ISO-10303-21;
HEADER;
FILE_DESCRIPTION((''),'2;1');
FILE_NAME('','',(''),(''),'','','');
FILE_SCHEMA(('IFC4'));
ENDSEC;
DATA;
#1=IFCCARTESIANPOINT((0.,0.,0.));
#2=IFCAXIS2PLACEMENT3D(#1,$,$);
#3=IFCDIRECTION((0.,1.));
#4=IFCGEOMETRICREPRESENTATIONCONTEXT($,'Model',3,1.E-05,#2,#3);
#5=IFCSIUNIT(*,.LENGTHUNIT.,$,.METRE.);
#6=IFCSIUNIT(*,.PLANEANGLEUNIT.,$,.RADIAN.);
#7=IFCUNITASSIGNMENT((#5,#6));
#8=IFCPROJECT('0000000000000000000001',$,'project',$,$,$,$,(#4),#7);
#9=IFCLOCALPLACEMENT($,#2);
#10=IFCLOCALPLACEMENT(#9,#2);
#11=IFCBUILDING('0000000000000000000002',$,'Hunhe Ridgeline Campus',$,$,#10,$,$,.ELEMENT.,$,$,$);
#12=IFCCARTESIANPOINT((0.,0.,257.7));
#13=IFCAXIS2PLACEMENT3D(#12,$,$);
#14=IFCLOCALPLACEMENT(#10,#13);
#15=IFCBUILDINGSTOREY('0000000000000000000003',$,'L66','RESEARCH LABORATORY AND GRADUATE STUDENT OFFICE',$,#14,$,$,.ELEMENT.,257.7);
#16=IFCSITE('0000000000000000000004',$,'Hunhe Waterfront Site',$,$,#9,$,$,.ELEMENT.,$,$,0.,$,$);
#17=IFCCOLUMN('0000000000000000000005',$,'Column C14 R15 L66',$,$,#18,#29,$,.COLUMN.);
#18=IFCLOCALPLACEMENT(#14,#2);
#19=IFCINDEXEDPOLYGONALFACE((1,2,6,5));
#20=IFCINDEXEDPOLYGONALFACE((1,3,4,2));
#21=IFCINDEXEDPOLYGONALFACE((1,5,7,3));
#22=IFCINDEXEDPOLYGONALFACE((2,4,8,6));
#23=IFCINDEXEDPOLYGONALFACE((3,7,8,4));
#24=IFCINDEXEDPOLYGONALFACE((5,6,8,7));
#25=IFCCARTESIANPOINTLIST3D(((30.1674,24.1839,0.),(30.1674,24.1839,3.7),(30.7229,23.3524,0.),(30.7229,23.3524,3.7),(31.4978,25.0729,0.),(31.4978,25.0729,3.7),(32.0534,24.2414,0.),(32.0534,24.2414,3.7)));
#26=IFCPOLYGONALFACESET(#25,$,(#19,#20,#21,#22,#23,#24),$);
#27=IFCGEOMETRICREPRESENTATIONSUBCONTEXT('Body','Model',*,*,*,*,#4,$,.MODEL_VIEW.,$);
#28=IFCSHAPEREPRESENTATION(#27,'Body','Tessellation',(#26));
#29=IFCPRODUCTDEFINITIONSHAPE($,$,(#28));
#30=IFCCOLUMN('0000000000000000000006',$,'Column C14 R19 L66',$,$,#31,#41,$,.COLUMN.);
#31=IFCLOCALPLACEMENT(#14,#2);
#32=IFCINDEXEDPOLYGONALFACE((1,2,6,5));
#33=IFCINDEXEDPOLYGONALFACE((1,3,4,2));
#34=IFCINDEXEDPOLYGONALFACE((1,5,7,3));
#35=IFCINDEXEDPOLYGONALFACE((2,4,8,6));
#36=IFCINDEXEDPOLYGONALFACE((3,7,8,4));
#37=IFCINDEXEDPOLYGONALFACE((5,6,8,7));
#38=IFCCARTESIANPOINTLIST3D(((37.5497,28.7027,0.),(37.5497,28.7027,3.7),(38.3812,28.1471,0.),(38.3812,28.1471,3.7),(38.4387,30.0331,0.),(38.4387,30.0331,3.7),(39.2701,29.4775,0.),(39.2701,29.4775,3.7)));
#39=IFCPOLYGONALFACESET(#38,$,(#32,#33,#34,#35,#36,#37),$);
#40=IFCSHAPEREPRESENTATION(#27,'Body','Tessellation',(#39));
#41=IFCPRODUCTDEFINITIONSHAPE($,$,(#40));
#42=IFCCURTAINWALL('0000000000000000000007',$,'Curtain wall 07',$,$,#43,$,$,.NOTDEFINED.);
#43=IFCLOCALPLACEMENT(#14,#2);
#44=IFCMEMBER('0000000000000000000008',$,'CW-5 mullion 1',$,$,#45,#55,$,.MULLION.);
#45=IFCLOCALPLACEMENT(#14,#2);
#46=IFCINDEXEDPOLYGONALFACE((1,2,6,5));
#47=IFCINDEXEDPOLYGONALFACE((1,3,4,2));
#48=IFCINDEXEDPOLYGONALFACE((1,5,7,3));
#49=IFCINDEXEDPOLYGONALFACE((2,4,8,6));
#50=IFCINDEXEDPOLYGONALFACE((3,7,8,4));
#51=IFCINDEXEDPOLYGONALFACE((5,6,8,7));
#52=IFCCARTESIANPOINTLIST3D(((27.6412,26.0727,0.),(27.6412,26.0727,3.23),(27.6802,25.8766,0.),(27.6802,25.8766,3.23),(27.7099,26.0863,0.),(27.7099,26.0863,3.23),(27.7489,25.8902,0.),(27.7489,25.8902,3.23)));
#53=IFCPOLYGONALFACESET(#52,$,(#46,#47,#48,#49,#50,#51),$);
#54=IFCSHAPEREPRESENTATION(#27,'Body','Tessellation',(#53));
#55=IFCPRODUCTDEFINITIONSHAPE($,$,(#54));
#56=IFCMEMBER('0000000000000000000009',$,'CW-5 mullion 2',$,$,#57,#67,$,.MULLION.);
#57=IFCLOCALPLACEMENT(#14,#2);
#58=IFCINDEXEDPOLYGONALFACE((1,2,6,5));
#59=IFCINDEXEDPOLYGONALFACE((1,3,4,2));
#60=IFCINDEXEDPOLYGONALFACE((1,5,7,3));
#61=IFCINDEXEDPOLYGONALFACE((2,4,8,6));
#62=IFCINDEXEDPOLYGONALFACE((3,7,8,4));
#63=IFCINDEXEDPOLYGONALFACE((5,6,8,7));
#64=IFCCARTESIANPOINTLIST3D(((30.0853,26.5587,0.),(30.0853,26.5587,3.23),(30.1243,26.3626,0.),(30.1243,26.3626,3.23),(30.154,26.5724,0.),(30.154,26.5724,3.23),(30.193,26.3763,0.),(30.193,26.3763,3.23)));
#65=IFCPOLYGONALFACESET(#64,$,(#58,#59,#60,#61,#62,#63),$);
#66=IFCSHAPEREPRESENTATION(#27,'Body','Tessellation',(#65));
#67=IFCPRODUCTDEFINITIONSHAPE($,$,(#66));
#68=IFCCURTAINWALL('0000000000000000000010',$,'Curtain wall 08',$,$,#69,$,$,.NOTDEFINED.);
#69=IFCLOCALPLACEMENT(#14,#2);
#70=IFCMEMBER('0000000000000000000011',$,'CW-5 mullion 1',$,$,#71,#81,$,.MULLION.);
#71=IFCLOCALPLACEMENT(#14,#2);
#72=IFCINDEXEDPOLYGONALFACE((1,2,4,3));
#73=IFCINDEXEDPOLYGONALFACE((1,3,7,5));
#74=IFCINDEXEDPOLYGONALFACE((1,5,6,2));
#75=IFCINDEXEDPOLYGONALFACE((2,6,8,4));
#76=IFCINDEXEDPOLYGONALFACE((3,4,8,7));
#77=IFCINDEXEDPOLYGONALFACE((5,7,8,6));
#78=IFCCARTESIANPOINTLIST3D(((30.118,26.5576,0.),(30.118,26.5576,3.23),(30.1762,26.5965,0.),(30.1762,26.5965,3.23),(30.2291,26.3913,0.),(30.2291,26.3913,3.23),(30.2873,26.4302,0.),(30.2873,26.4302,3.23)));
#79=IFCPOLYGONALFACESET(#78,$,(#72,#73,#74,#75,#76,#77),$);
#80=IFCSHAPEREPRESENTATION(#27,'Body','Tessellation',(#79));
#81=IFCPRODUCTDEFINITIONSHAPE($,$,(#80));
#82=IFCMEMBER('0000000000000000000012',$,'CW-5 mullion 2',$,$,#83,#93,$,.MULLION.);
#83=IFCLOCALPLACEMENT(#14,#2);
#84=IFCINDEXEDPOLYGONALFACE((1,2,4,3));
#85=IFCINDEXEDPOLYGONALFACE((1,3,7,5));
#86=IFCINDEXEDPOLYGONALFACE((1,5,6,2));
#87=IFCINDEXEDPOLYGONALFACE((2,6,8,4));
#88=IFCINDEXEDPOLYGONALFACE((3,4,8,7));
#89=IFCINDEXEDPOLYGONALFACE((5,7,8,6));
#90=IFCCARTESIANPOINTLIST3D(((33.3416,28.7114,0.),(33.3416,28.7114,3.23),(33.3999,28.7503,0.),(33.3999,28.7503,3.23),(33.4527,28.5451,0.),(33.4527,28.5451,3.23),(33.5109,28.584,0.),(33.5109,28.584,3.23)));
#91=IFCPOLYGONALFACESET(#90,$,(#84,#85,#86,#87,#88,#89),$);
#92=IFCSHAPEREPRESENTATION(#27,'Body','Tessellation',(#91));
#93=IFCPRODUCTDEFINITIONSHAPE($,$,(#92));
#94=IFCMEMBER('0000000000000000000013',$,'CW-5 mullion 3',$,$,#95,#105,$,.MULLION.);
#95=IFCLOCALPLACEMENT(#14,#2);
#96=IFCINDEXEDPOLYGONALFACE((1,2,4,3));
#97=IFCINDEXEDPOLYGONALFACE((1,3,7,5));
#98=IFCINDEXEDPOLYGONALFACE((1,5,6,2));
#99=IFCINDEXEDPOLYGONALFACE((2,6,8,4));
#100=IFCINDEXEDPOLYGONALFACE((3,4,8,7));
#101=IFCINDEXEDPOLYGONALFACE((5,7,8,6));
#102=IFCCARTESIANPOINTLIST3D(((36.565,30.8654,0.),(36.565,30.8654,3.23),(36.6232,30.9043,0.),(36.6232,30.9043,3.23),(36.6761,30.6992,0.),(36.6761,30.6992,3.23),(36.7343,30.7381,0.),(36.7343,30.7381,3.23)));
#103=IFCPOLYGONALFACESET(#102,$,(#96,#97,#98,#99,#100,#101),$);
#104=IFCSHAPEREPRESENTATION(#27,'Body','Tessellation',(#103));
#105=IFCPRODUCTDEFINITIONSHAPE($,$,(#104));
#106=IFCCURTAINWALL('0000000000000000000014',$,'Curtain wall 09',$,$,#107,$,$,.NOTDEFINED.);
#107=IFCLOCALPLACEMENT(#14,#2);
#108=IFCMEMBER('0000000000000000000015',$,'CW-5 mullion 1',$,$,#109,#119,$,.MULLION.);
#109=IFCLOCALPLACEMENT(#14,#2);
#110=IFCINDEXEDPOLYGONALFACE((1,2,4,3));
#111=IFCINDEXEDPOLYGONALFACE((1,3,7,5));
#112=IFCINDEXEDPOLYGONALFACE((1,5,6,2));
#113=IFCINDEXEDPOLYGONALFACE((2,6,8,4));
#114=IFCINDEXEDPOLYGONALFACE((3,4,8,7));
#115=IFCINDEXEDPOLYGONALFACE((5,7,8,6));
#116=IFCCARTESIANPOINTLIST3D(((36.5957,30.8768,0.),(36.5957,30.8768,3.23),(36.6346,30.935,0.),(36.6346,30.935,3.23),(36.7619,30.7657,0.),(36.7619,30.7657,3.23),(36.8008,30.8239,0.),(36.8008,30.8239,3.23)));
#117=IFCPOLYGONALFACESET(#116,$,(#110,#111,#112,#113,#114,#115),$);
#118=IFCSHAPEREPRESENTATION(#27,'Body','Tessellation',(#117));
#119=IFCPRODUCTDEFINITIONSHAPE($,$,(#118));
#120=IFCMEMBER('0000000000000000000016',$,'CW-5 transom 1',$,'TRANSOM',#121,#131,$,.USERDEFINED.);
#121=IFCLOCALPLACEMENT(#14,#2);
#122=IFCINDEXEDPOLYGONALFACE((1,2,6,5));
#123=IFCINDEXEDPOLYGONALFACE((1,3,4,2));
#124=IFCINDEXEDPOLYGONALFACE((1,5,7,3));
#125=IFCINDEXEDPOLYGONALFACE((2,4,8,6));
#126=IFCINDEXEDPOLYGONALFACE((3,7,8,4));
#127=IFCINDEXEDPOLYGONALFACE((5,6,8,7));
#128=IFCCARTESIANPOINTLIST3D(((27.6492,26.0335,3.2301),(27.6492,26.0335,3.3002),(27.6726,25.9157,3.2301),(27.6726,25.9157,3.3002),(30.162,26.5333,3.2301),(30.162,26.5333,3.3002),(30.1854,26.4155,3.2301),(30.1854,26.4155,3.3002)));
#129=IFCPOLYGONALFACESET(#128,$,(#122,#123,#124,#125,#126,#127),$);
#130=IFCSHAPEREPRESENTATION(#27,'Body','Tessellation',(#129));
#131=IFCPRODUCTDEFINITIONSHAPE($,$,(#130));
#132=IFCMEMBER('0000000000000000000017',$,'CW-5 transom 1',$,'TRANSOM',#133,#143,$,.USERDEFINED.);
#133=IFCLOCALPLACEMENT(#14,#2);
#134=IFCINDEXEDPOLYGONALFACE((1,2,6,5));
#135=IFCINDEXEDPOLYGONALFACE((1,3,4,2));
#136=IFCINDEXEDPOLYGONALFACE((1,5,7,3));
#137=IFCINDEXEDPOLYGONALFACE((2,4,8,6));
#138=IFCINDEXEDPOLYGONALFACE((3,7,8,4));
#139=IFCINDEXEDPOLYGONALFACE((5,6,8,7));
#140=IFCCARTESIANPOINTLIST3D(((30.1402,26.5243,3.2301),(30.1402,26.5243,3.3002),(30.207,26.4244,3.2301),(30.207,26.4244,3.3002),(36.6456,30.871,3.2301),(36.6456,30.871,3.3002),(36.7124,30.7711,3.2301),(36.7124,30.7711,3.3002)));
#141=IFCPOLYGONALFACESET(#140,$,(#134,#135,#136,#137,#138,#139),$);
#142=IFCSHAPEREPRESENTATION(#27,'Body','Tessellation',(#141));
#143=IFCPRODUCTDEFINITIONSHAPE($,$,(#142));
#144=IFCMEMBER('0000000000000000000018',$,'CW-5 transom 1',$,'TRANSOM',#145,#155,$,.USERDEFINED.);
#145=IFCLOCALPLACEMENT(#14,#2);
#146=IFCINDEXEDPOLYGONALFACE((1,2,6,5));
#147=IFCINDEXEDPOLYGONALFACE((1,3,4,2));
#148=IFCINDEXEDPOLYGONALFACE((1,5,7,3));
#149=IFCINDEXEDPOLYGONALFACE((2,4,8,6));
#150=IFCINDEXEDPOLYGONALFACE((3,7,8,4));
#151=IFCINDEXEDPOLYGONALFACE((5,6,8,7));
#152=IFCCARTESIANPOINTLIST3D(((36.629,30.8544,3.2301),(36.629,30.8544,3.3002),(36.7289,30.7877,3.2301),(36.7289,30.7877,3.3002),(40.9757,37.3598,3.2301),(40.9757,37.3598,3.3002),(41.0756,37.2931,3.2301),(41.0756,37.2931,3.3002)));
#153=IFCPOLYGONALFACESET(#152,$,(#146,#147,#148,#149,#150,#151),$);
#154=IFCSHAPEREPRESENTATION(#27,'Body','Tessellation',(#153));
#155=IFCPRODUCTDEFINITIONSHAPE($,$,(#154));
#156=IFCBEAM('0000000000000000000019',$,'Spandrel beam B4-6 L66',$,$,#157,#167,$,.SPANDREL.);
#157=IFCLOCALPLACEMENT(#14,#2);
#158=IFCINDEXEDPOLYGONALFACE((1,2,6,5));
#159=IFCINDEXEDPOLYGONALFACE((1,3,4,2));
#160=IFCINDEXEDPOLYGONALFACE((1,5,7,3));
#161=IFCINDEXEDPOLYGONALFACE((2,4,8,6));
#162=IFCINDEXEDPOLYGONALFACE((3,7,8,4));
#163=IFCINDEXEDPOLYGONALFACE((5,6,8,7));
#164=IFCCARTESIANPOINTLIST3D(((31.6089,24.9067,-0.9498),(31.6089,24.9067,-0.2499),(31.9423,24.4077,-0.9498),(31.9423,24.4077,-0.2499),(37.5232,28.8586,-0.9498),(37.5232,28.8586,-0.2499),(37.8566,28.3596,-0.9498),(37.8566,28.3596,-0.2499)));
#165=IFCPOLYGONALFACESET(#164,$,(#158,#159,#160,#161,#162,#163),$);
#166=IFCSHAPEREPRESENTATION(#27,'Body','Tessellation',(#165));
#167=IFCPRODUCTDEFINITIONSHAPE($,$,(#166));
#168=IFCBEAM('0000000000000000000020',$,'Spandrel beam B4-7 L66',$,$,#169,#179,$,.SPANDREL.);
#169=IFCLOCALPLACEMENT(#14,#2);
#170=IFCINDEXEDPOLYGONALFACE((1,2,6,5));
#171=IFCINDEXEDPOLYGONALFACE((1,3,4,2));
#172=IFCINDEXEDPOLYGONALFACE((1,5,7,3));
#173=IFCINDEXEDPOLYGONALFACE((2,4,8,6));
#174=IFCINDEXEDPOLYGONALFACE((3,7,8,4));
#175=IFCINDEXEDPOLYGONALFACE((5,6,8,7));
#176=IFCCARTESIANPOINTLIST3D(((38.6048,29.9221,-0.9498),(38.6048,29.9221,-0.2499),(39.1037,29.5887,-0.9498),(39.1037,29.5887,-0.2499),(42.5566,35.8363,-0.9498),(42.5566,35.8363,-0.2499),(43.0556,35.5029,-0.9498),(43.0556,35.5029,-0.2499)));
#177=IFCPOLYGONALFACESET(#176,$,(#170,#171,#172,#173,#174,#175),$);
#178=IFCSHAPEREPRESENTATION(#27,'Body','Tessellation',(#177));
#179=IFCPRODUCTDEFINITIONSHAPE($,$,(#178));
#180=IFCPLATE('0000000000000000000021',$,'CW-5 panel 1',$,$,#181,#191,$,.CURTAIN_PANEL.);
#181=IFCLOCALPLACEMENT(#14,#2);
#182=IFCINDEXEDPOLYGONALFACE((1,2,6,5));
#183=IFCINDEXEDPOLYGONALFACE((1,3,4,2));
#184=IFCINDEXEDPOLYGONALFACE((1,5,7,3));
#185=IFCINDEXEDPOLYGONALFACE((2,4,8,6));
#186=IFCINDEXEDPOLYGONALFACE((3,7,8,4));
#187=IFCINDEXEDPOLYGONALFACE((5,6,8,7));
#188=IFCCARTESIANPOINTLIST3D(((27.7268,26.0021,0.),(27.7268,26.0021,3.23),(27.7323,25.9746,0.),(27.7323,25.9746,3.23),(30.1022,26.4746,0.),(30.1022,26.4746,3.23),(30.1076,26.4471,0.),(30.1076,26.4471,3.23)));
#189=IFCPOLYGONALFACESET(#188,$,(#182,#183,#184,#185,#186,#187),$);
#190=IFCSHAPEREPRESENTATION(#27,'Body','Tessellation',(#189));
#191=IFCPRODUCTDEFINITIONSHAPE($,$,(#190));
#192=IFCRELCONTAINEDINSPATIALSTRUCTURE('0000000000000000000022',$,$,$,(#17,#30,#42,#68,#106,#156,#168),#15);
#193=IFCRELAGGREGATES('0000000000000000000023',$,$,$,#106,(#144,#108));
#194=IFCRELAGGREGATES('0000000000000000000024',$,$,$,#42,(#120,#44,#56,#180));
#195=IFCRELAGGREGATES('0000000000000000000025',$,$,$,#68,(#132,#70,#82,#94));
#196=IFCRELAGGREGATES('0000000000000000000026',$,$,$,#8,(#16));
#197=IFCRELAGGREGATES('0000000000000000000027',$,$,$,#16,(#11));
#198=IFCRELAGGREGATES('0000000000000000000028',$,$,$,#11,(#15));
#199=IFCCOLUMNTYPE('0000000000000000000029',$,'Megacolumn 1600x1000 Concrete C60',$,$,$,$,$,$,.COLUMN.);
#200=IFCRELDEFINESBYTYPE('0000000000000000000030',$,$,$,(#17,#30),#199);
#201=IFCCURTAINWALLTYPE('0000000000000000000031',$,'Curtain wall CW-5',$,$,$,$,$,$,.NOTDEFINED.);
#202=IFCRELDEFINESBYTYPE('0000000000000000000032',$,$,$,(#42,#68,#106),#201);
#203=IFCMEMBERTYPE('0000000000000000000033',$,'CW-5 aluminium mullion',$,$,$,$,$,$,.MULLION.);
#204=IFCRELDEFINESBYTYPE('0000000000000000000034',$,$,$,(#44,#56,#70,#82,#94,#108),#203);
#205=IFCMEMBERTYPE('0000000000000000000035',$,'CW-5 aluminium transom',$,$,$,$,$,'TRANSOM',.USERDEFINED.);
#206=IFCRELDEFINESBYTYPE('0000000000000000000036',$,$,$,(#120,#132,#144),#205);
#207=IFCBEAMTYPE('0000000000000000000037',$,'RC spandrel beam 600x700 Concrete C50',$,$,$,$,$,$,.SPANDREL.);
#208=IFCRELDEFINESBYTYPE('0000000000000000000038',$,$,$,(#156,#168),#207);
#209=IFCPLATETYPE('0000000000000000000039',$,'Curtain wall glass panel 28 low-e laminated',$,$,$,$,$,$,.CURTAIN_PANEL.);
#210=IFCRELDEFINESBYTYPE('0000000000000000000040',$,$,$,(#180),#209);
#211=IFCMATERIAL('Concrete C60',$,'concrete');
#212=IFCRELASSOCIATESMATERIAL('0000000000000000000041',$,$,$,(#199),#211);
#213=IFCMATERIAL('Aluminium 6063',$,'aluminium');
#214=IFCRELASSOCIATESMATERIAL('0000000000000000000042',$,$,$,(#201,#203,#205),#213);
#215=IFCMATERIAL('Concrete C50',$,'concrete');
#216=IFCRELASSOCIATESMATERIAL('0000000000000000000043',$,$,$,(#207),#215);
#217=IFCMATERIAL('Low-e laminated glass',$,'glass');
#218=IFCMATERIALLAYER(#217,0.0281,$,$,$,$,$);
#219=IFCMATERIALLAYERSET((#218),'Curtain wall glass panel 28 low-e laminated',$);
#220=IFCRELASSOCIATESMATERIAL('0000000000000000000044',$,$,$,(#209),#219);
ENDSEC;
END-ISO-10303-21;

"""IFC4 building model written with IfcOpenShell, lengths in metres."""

from ifc_helpers import new_model, si_unit, direction, frame, origin, origin_2d, place, context, subcontext, project, spatial, rectangle, extrude, material, layer, layer_set, material_profile, profile_set, type_object, element, aggregate, save


model = new_model("IFC4")

# Units and contexts
model_context = context("Model", 3, precision=1e-05, world=origin(), true_north=direction((0.0, 1.0)))
body_context = subcontext(model_context, "Body", "Model", "MODEL_VIEW")
ifc_project = project(units=[si_unit("LENGTHUNIT", "METRE"), si_unit("PLANEANGLEUNIT", "RADIAN")], contexts=[model_context])

# Site, building, storey
site_placement = place(None, origin())
site = spatial("IfcSite", under=ifc_project, at=site_placement, Name="Hunhe Waterfront Site", CompositionType="ELEMENT", RefElevation=0.0)
building_placement = place(site_placement, origin())
building = spatial("IfcBuilding", under=site, at=building_placement, Name="Hunhe Ridgeline Campus", CompositionType="ELEMENT")
storey_placement = place(building_placement, frame((0.0, 0.0, 257.7)))
storey = spatial("IfcBuildingStorey", under=building, at=storey_placement, Name="L66", Description="RESEARCH LABORATORY AND GRADUATE STUDENT OFFICE", CompositionType="ELEMENT", Elevation=257.7)

# Columns
ifc_material_1 = material(Name="Concrete C60", Category="concrete")
ifc_material_profile_1 = material_profile(ifc_material_1, rectangle(XDim=1.6001, YDim=1.0, at=origin_2d()))
ifc_profile_set_1 = profile_set([ifc_material_profile_1], Name="Concrete C60")
column_type = type_object("IfcColumnType", Name="Megacolumn 1600x1000 Concrete C60", PredefinedType="COLUMN", material=ifc_profile_set_1)
for number, where, z_axis, x_axis, name in (
    (1, (31.1104, 24.2126, 0.0), (0.0, 0.0, 1.0), (0.83147, 0.55557, 0.0), "Column C14 R15 L66"),
    (2, (38.4099, 29.0901, 0.0), (0.0, 0.0, 1.0), (0.55557, 0.83147, 0.0), "Column C14 R19 L66"),
):
    element("IfcColumn", number, at=place(storey_placement, frame(where, z_axis=z_axis, x_axis=x_axis)), inside=storey, type_object=column_type, Name=name, PredefinedType="COLUMN", context=body_context, shape_type="SweptSolid", body=[
        extrude(rectangle(XDim=1.6001, YDim=1.0, at=origin_2d()), origin(), (0.0, 0.0, 1.0), 3.7),
    ])

# Curtain walls, members
ifc_material_2 = material(Name="Aluminium 6063", Category="aluminium")
curtain_wall_type = type_object("IfcCurtainWallType", Name="Curtain wall CW-5", PredefinedType="NOTDEFINED", material=ifc_material_2)
curtain_wall_1_placement = place(storey_placement, origin())
curtain_wall_1 = element("IfcCurtainWall", 3, at=curtain_wall_1_placement, inside=storey, type_object=curtain_wall_type, Name="Curtain wall 07", PredefinedType="NOTDEFINED")
ifc_material_profile_2 = material_profile(ifc_material_2, rectangle(XDim=0.2, YDim=0.0701, at=origin_2d()))
ifc_profile_set_2 = profile_set([ifc_material_profile_2], Name="Aluminium 6063")
member_type_1 = type_object("IfcMemberType", Name="CW-5 aluminium mullion", PredefinedType="MULLION", material=ifc_profile_set_2)
member_1_placement = place(storey_placement, frame((27.6951, 25.9814, 0.0), z_axis=(0.0, 0.0, 1.0), x_axis=(-0.195091, 0.980785, 0.0)))
member_1 = element("IfcMember", 4, at=member_1_placement, type_object=member_type_1, Name="CW-5 mullion 1", PredefinedType="MULLION", context=body_context, shape_type="SweptSolid", body=[
    extrude(rectangle(XDim=0.2, YDim=0.0701, at=origin_2d()), origin(), (0.0, 0.0, 1.0), 3.23),
])
member_2_placement = place(storey_placement, frame((30.1392, 26.4675, 0.0), z_axis=(0.0, 0.0, 1.0), x_axis=(-0.195091, 0.980785, 0.0)))
member_2 = element("IfcMember", 5, at=member_2_placement, type_object=member_type_1, Name="CW-5 mullion 2", PredefinedType="MULLION", context=body_context, shape_type="SweptSolid", body=[
    extrude(rectangle(XDim=0.2, YDim=0.0701, at=origin_2d()), origin(), (0.0, 0.0, 1.0), 3.23),
])
curtain_wall_2_placement = place(storey_placement, origin())
curtain_wall_2 = element("IfcCurtainWall", 6, at=curtain_wall_2_placement, inside=storey, type_object=curtain_wall_type, Name="Curtain wall 08", PredefinedType="NOTDEFINED")
member_3_placement = place(storey_placement, frame((30.2026, 26.4939, 0.0), z_axis=(0.0, 0.0, 1.0), x_axis=(-0.55557, 0.83147, 0.0)))
member_3 = element("IfcMember", 7, at=member_3_placement, type_object=member_type_1, Name="CW-5 mullion 1", PredefinedType="MULLION", context=body_context, shape_type="SweptSolid", body=[
    extrude(rectangle(XDim=0.2, YDim=0.0701, at=origin_2d()), origin(), (0.0, 0.0, 1.0), 3.23),
])
member_4_placement = place(storey_placement, frame((33.4263, 28.6477, 0.0), z_axis=(0.0, 0.0, 1.0), x_axis=(-0.55557, 0.83147, 0.0)))
member_4 = element("IfcMember", 8, at=member_4_placement, type_object=member_type_1, Name="CW-5 mullion 2", PredefinedType="MULLION", context=body_context, shape_type="SweptSolid", body=[
    extrude(rectangle(XDim=0.2, YDim=0.0701, at=origin_2d()), origin(), (0.0, 0.0, 1.0), 3.23),
])
member_5_placement = place(storey_placement, frame((36.6497, 30.8018, 0.0), z_axis=(0.0, 0.0, 1.0), x_axis=(-0.55557, 0.83147, 0.0)))
member_5 = element("IfcMember", 9, at=member_5_placement, type_object=member_type_1, Name="CW-5 mullion 3", PredefinedType="MULLION", context=body_context, shape_type="SweptSolid", body=[
    extrude(rectangle(XDim=0.2, YDim=0.0701, at=origin_2d()), origin(), (0.0, 0.0, 1.0), 3.23),
])

# Curtain wall, member
curtain_wall_3_placement = place(storey_placement, origin())
curtain_wall_3 = element("IfcCurtainWall", 10, at=curtain_wall_3_placement, inside=storey, type_object=curtain_wall_type, Name="Curtain wall 09", PredefinedType="NOTDEFINED")
member_6_placement = place(storey_placement, frame((36.6982, 30.8503, 0.0), z_axis=(0.0, 0.0, 1.0), x_axis=(-0.83147, 0.55557, 0.0)))
member_6 = element("IfcMember", 11, at=member_6_placement, type_object=member_type_1, Name="CW-5 mullion 1", PredefinedType="MULLION", context=body_context, shape_type="SweptSolid", body=[
    extrude(rectangle(XDim=0.2, YDim=0.0701, at=origin_2d()), origin(), (0.0, 0.0, 1.0), 3.23),
])

# Members
ifc_material_profile_3 = material_profile(ifc_material_2, rectangle(XDim=0.1201, YDim=0.0701, at=origin_2d()))
ifc_profile_set_3 = profile_set([ifc_material_profile_3], Name="Aluminium 6063")
member_type_2 = type_object("IfcMemberType", Name="CW-5 aluminium transom", ElementType="TRANSOM", PredefinedType="USERDEFINED", material=ifc_profile_set_3)
member_7_placement = place(storey_placement, frame((27.6609, 25.9746, 3.2651), z_axis=(0.980789, 0.195071, 0.0), x_axis=(-0.195071, 0.980789, 0.0)))
member_7 = element("IfcMember", 12, at=member_7_placement, type_object=member_type_2, Name="CW-5 transom 1", ObjectType="TRANSOM", PredefinedType="USERDEFINED", context=body_context, shape_type="SweptSolid", body=[
    extrude(rectangle(XDim=0.1201, YDim=0.0701, at=origin_2d()), origin(), (0.0, 0.0, 1.0), 2.562),
])
member_8_placement = place(storey_placement, frame((30.1736, 26.4744, 3.2651), z_axis=(0.831474, 0.555564, 0.0), x_axis=(-0.555564, 0.831474, 0.0)))
member_8 = element("IfcMember", 13, at=member_8_placement, type_object=member_type_2, Name="CW-5 transom 1", ObjectType="TRANSOM", PredefinedType="USERDEFINED", context=body_context, shape_type="SweptSolid", body=[
    extrude(rectangle(XDim=0.1201, YDim=0.0701, at=origin_2d()), origin(), (0.0, 0.0, 1.0), 7.824),
])
member_9_placement = place(storey_placement, frame((36.679, 30.821, 3.2651), z_axis=(0.555564, 0.831474, 0.0), x_axis=(-0.831474, 0.555564, 0.0)))
member_9 = element("IfcMember", 14, at=member_9_placement, type_object=member_type_2, Name="CW-5 transom 1", ObjectType="TRANSOM", PredefinedType="USERDEFINED", context=body_context, shape_type="SweptSolid", body=[
    extrude(rectangle(XDim=0.1201, YDim=0.0701, at=origin_2d()), origin(), (0.0, 0.0, 1.0), 7.824),
])
aggregate(curtain_wall_3, [member_9, member_6])

# Beams
ifc_material_3 = material(Name="Concrete C50", Category="concrete")
ifc_material_profile_4 = material_profile(ifc_material_3, rectangle(XDim=0.6001, YDim=0.7, at=origin_2d()))
ifc_profile_set_4 = profile_set([ifc_material_profile_4], Name="Concrete C50")
beam_type = type_object("IfcBeamType", Name="RC spandrel beam 600x700 Concrete C50", PredefinedType="SPANDREL", material=ifc_profile_set_4)
for number, where, z_axis, x_axis, name in (
    (15, (31.7756, 24.6572, -0.5999), (0.831464, 0.555579, 0.0), (-0.555579, 0.831464, 0.0), "Spandrel beam B4-6 L66"),
    (16, (38.8542, 29.7554, -0.5999), (0.555579, 0.831464, 0.0), (-0.831464, 0.555579, 0.0), "Spandrel beam B4-7 L66"),
):
    element("IfcBeam", number, at=place(storey_placement, frame(where, z_axis=z_axis, x_axis=x_axis)), inside=storey, type_object=beam_type, Name=name, PredefinedType="SPANDREL", context=body_context, shape_type="SweptSolid", body=[
        extrude(rectangle(XDim=0.6001, YDim=0.7, at=origin_2d()), origin(), (0.0, 0.0, 1.0), 7.113),
    ])

# Plate
ifc_material_4 = material(Name="Low-e laminated glass", Category="glass")
ifc_layer_1 = layer(ifc_material_4, 0.0281)
ifc_layer_set_1 = layer_set([ifc_layer_1], Name="Curtain wall glass panel 28 low-e laminated")
plate_type = type_object("IfcPlateType", Name="Curtain wall glass panel 28 low-e laminated", PredefinedType="CURTAIN_PANEL", material=ifc_layer_set_1)
plate_1_placement = place(storey_placement, frame((28.9172, 26.2246, 0.0), z_axis=(0.0, 0.0, 1.0), x_axis=(0.980785, 0.195091, 0.0)))
plate_1 = element("IfcPlate", 17, at=plate_1_placement, type_object=plate_type, Name="CW-5 panel 1", PredefinedType="CURTAIN_PANEL", context=body_context, shape_type="SweptSolid", body=[
    extrude(rectangle(XDim=2.4219, YDim=0.0281, at=origin_2d()), origin(), (0.0, 0.0, 1.0), 3.23),
])
aggregate(curtain_wall_1, [member_7, member_1, member_2, plate_1])
aggregate(curtain_wall_2, [member_8, member_3, member_4, member_5])

save(model, "model.ifc")
